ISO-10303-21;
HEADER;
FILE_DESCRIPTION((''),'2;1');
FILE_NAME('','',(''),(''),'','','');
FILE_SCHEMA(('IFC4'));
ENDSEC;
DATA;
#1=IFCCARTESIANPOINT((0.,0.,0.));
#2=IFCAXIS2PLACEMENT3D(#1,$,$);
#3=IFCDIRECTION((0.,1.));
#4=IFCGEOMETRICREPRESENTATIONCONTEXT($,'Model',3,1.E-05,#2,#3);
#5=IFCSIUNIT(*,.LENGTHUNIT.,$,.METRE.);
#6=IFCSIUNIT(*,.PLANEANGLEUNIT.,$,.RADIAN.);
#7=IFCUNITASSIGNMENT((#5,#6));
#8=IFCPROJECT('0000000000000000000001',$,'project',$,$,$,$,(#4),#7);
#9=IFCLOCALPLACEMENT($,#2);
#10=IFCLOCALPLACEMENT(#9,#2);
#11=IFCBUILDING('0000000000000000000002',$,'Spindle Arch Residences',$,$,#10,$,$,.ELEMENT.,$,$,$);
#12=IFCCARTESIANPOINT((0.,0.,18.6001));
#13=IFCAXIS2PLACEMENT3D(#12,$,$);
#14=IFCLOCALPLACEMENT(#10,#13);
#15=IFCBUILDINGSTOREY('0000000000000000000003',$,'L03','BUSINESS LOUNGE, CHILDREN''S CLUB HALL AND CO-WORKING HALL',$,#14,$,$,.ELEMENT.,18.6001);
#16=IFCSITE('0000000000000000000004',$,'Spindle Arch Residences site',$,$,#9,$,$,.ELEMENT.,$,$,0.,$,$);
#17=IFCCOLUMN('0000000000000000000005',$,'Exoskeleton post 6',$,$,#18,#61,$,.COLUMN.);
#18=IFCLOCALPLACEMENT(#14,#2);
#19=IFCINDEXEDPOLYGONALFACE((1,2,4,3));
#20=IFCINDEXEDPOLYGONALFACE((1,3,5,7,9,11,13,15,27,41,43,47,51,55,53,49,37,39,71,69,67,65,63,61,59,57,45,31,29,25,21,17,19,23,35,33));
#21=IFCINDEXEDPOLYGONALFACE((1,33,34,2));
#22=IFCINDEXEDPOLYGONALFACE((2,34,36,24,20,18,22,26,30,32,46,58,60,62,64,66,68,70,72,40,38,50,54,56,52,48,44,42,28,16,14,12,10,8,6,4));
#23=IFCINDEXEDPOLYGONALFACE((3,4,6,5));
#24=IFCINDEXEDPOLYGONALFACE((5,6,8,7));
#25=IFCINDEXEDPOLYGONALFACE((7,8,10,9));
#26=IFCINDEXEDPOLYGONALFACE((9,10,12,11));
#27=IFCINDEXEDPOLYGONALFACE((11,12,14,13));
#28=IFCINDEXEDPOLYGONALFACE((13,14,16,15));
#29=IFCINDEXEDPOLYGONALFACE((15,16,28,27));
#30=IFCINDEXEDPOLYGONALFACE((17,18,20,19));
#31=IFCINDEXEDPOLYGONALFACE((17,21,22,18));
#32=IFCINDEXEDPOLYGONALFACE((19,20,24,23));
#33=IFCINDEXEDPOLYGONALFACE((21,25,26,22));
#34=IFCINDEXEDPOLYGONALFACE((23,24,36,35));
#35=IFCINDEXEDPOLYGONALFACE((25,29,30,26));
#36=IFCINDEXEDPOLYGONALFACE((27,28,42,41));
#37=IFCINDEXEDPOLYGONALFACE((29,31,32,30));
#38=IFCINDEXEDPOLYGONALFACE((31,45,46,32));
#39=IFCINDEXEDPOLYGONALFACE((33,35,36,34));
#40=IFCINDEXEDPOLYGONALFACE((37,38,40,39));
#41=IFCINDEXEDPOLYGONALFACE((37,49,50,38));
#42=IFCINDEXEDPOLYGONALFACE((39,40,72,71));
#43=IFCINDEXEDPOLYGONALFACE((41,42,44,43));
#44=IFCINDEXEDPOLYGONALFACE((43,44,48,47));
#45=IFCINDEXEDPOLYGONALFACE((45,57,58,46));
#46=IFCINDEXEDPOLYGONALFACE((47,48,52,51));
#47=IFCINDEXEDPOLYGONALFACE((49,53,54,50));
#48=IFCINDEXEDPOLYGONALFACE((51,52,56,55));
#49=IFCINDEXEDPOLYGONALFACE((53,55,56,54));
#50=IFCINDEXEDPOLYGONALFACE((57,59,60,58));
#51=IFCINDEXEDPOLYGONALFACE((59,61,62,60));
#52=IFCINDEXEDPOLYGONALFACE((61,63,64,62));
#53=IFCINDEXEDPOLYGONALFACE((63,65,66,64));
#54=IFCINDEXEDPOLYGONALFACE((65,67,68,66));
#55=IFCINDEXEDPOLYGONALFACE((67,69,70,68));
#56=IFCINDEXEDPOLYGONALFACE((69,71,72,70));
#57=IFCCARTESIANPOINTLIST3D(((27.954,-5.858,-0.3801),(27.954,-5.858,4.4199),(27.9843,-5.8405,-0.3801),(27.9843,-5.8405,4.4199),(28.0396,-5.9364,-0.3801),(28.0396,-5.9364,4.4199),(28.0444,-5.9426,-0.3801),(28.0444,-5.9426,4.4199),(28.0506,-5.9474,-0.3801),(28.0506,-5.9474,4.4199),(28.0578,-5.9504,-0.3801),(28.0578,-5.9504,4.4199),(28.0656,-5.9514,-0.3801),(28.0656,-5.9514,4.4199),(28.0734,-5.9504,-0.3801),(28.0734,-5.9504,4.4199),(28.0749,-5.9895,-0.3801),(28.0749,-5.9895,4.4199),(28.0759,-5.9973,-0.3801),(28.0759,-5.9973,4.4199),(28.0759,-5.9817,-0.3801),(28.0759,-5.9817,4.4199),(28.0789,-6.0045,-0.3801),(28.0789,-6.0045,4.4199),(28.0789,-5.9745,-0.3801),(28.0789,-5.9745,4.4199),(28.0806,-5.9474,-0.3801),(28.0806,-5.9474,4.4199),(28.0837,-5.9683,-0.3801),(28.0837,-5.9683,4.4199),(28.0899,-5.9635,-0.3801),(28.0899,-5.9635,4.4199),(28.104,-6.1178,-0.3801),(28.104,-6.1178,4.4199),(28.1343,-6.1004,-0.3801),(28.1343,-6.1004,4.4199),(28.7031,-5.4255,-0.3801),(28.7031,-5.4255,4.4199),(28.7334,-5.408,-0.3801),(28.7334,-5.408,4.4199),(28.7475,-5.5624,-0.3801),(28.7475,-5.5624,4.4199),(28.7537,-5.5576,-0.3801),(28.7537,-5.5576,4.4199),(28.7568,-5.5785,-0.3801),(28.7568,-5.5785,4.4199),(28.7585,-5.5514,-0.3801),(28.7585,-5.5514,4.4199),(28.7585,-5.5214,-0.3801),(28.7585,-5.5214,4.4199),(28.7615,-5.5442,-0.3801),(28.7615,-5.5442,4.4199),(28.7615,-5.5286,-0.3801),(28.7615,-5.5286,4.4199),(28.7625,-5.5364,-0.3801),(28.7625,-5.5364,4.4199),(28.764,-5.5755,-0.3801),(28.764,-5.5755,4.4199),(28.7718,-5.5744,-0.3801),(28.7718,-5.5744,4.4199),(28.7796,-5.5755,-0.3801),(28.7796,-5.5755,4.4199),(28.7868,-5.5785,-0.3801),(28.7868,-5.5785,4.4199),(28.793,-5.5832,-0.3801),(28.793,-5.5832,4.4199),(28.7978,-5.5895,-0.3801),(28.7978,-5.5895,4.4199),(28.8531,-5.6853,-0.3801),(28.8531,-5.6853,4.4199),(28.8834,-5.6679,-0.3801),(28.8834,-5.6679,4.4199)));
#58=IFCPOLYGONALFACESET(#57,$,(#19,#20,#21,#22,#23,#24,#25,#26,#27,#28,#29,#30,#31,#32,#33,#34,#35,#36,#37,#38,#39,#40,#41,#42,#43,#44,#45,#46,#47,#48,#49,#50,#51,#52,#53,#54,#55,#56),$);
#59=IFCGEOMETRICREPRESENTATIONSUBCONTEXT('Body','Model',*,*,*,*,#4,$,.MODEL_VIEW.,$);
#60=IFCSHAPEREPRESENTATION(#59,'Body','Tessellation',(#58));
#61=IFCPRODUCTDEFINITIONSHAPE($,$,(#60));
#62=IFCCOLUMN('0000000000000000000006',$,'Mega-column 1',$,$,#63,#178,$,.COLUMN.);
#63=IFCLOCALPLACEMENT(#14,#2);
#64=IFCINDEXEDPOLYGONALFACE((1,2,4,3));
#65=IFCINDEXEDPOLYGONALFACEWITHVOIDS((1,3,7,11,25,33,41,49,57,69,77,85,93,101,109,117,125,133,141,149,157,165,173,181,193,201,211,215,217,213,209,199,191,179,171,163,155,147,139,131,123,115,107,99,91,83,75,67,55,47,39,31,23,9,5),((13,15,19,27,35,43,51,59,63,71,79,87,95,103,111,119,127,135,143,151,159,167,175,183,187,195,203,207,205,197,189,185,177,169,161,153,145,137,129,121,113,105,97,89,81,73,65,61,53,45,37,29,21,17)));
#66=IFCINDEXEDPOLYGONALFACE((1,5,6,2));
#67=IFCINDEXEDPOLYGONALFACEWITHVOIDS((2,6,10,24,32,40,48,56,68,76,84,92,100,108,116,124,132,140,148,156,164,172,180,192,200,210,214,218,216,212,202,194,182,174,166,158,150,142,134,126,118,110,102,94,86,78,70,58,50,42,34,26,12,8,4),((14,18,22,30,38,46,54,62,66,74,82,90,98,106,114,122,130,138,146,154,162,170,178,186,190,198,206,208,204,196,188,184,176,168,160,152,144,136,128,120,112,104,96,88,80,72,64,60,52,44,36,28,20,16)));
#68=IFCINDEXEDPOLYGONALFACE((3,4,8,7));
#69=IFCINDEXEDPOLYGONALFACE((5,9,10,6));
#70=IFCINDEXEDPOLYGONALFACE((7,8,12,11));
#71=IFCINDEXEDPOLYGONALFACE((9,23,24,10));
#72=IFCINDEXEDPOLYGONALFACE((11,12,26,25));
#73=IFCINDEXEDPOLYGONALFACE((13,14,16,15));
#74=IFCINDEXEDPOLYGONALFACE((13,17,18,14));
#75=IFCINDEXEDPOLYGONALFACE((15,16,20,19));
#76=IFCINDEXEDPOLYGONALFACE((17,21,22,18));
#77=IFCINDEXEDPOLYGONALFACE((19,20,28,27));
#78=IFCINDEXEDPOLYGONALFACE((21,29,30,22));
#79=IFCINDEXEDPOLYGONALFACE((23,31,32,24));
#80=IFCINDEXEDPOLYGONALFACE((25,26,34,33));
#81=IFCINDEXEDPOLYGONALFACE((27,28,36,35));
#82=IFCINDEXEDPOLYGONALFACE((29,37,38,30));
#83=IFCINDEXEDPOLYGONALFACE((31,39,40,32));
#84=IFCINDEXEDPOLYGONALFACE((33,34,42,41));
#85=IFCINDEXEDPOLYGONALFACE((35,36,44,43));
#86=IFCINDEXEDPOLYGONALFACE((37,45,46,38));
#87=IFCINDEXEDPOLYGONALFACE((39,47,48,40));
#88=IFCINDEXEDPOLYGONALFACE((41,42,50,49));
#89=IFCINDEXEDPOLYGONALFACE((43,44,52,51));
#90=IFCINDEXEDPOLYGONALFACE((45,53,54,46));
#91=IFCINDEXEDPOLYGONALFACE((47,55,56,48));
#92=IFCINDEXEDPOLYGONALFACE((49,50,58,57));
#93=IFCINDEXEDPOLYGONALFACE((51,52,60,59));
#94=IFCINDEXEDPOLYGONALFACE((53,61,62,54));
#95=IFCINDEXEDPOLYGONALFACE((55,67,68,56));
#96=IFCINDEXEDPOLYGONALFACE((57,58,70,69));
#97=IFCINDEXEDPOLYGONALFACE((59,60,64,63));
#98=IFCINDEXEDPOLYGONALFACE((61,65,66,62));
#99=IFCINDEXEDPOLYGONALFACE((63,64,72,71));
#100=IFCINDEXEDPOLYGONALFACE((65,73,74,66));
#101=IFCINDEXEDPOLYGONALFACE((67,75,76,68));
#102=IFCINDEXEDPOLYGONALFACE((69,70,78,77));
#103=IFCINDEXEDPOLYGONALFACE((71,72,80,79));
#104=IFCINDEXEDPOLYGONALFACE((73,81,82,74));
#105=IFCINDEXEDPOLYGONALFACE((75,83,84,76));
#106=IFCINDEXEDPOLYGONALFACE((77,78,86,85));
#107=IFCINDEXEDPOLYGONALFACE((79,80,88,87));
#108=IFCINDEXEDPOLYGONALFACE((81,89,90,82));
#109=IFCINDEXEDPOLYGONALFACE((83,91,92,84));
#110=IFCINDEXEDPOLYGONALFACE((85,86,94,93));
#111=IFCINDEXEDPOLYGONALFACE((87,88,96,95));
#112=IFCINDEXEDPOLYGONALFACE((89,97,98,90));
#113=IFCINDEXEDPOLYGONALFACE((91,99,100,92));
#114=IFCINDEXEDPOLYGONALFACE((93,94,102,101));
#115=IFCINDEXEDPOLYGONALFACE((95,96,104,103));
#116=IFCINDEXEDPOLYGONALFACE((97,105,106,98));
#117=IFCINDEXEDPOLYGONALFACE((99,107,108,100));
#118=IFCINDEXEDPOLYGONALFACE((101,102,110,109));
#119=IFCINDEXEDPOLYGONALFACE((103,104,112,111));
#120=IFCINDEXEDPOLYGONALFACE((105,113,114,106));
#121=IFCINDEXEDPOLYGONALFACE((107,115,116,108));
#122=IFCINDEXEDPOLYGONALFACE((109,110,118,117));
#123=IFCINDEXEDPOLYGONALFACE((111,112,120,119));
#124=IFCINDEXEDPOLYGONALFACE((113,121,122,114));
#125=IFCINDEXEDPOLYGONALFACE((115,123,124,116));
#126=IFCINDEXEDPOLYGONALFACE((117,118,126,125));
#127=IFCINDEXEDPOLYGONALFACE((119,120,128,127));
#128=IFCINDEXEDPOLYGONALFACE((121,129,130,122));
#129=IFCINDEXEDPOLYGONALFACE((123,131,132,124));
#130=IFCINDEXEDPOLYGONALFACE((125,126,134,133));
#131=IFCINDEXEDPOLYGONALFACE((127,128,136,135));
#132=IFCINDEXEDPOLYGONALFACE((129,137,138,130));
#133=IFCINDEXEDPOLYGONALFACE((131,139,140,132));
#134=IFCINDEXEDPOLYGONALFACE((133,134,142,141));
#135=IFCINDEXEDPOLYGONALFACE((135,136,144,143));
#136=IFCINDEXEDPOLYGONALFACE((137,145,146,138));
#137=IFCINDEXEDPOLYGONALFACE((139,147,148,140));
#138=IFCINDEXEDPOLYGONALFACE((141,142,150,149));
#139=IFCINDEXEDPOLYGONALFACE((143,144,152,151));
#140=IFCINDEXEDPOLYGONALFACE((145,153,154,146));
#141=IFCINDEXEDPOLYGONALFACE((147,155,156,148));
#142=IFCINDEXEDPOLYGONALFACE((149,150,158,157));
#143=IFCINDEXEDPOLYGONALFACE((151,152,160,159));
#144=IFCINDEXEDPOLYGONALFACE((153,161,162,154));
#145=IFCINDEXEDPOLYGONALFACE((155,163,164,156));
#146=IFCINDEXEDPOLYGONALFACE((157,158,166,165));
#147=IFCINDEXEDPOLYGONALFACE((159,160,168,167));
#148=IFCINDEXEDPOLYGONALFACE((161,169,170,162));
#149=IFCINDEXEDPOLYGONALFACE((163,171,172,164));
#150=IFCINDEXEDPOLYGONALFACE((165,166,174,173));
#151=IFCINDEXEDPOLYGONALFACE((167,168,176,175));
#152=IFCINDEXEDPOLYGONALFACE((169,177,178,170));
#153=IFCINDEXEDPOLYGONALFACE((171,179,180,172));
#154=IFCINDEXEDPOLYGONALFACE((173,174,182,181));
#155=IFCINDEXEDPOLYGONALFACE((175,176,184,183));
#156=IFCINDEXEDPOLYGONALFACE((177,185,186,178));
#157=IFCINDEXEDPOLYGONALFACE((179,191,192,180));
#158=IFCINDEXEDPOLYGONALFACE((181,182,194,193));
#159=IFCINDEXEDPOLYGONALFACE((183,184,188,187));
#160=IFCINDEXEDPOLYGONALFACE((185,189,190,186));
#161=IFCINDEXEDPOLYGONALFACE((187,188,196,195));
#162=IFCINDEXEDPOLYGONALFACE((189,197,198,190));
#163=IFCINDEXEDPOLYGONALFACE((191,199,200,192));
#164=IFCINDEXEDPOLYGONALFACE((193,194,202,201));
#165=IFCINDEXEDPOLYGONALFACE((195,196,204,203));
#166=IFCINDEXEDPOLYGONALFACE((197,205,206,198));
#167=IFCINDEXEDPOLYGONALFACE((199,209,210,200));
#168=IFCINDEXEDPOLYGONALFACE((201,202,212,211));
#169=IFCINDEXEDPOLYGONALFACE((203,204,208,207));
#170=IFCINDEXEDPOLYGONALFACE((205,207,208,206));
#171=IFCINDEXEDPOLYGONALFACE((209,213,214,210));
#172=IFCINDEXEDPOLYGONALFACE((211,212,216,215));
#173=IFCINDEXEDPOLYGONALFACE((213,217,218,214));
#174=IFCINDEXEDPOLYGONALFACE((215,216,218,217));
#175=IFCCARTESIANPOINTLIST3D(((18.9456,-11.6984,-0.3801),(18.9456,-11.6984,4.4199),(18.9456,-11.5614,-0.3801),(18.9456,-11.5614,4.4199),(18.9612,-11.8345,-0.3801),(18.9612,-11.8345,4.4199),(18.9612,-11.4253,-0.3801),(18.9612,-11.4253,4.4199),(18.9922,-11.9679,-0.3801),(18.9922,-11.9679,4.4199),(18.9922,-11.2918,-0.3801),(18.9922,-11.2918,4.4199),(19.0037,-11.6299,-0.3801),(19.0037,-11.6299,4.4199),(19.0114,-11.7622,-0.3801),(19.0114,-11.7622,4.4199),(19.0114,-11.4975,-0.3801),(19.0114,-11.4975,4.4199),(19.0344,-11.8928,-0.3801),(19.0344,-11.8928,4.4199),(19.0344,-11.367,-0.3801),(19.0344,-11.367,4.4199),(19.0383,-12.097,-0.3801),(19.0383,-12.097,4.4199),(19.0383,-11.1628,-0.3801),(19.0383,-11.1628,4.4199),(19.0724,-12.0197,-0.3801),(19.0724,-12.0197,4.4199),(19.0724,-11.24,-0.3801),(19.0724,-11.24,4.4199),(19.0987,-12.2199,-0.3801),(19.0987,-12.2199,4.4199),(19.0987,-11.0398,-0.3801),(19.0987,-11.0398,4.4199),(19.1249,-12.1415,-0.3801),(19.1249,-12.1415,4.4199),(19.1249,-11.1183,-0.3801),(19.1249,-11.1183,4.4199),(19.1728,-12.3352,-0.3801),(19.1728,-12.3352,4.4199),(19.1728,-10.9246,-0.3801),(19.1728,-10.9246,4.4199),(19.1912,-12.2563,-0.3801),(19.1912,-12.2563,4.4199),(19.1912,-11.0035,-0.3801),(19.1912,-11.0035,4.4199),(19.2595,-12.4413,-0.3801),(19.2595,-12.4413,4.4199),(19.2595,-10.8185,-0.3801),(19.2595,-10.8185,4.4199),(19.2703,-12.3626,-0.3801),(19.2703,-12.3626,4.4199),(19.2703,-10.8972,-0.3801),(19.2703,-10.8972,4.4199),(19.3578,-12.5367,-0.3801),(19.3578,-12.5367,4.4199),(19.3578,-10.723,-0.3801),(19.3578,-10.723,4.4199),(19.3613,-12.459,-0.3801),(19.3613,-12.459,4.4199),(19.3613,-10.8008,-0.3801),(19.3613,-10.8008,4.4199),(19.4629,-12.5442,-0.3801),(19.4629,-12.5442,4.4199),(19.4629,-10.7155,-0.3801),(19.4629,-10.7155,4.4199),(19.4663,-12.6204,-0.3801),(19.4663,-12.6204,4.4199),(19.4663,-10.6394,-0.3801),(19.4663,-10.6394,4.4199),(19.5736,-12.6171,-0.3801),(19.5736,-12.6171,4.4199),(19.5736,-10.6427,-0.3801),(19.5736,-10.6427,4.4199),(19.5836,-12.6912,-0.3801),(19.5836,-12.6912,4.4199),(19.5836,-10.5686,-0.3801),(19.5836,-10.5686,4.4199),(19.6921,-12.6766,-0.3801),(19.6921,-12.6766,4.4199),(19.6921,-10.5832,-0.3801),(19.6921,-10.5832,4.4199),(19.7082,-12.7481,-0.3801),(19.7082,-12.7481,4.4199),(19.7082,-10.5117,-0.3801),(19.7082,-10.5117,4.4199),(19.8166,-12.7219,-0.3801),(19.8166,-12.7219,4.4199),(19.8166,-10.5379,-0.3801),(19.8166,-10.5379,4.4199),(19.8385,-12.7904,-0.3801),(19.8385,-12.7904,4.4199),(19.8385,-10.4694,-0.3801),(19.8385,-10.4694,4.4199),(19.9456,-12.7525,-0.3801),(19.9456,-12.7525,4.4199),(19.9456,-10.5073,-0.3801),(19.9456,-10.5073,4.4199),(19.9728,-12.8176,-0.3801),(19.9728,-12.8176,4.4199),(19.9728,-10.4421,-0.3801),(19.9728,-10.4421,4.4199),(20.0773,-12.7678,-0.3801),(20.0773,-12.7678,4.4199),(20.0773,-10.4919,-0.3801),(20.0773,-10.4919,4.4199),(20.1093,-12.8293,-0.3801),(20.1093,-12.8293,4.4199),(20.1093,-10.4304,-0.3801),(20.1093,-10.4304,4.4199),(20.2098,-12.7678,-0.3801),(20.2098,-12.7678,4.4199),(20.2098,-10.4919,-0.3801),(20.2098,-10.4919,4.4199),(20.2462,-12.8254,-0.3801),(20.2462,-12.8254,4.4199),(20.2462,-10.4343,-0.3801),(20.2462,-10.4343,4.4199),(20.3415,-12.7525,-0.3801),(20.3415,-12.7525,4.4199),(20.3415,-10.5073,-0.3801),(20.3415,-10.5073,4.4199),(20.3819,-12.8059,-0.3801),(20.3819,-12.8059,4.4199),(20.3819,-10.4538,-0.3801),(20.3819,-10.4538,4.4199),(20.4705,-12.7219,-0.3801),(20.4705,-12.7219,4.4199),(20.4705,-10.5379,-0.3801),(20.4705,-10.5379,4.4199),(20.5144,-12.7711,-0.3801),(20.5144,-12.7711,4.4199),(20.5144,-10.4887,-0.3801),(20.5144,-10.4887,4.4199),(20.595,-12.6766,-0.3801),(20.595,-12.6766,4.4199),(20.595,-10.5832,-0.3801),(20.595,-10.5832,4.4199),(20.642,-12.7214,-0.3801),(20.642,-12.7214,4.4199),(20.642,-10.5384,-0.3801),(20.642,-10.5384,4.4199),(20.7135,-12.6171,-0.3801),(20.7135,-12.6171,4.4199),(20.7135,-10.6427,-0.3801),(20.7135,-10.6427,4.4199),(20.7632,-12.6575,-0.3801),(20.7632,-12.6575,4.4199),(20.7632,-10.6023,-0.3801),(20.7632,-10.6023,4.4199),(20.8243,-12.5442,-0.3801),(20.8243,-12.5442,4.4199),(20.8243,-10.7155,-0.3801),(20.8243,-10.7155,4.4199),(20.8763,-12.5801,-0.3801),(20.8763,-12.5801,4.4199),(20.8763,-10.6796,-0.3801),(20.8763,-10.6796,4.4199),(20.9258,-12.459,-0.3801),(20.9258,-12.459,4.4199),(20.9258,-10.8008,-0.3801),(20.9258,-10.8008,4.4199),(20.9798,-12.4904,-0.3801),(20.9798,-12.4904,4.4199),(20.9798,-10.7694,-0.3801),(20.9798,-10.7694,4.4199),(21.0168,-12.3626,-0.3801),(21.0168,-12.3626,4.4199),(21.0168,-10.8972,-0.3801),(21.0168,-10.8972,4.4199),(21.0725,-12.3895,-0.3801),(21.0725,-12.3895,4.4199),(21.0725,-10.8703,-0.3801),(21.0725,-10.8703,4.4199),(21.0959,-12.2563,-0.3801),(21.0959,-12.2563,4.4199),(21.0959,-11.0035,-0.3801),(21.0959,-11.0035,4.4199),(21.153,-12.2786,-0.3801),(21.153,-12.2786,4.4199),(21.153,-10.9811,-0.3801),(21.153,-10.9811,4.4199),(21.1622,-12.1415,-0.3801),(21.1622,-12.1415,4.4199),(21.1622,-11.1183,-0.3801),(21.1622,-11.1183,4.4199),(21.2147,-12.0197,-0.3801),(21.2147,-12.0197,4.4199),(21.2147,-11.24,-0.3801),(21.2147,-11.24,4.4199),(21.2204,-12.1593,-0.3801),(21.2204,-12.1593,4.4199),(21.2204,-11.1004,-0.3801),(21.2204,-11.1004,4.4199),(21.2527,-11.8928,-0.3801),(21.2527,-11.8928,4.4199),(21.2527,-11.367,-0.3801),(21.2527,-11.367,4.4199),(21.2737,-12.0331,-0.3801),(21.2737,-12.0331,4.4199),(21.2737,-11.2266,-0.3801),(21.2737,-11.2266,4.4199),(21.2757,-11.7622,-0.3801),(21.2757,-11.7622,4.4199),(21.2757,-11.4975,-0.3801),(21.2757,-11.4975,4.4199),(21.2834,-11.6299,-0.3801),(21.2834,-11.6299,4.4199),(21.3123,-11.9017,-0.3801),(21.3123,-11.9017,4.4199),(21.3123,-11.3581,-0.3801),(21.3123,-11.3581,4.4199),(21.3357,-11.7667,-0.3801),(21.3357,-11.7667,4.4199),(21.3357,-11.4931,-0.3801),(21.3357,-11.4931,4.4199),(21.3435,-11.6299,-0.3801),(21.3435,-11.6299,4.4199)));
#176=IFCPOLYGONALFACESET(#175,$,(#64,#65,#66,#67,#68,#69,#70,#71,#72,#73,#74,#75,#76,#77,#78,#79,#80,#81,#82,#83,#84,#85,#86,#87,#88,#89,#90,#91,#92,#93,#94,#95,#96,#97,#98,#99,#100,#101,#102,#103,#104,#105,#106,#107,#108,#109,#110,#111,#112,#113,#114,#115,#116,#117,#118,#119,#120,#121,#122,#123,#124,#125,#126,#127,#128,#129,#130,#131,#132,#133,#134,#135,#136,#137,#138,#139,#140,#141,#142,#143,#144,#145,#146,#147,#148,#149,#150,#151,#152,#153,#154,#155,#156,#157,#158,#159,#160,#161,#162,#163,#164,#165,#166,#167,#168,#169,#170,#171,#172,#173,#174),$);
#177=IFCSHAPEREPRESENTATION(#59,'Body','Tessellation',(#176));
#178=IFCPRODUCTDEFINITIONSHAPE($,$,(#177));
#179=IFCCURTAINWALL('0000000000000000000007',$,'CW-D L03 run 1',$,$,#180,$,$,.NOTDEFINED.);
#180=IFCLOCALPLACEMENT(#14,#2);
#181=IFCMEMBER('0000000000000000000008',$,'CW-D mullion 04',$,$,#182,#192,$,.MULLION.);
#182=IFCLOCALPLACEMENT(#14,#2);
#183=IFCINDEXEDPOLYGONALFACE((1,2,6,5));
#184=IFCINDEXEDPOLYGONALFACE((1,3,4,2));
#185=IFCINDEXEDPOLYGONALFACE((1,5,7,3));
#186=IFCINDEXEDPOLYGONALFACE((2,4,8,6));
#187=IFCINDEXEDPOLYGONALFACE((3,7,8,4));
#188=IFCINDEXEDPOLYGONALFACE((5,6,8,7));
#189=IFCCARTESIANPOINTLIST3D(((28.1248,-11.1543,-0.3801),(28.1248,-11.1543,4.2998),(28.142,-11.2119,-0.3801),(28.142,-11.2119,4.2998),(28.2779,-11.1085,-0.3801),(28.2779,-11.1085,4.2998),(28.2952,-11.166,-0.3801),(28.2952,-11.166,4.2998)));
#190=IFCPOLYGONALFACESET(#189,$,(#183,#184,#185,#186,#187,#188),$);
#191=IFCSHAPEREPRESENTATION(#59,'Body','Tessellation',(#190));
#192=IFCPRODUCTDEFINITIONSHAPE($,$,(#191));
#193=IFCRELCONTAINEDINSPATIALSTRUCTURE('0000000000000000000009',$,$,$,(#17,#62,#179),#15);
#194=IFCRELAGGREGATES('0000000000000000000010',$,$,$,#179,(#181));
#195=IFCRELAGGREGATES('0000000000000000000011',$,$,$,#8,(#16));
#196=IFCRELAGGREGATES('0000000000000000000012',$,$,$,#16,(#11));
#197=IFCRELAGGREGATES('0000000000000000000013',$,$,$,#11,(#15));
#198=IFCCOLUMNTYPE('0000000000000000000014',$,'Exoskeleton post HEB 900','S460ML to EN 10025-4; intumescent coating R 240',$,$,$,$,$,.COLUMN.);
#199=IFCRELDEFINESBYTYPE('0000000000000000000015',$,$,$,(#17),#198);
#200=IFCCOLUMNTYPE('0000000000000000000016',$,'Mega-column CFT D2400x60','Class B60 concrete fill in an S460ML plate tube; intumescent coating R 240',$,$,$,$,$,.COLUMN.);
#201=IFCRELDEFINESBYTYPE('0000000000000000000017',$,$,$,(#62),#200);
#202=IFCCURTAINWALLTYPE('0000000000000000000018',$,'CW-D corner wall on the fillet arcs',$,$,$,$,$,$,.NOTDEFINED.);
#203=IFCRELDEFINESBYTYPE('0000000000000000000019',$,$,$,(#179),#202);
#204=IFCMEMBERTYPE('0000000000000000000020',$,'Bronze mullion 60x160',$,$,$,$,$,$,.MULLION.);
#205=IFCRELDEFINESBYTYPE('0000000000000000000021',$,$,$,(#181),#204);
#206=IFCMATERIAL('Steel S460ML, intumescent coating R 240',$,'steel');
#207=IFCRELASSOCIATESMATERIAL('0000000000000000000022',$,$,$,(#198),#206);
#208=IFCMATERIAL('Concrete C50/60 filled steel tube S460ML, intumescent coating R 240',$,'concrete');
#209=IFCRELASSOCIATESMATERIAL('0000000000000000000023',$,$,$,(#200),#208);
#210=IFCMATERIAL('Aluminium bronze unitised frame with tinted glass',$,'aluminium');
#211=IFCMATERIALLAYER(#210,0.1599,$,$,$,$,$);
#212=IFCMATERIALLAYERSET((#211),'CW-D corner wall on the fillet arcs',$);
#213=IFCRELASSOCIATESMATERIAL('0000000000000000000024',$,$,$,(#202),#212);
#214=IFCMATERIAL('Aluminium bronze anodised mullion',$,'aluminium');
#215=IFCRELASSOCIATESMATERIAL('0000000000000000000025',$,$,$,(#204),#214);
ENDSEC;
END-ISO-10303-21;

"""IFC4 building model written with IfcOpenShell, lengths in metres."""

from ifc_helpers import new_model, si_unit, direction, frame, origin, origin_2d, place, context, subcontext, project, spatial, rectangle, hollow_circle, i_section, extrude, material, layer, layer_set, material_profile, profile_set, type_object, element, aggregate, save


model = new_model("IFC4")

# Units and contexts
model_context = context("Model", 3, precision=1e-05, world=origin(), true_north=direction((0.0, 1.0)))
body_context = subcontext(model_context, "Body", "Model", "MODEL_VIEW")
ifc_project = project(units=[si_unit("LENGTHUNIT", "METRE"), si_unit("PLANEANGLEUNIT", "RADIAN")], contexts=[model_context])

# Site, building, storey
site_placement = place(None, origin())
site = spatial("IfcSite", under=ifc_project, at=site_placement, Name="Spindle Arch Residences site", CompositionType="ELEMENT", RefElevation=0.0)
building_placement = place(site_placement, origin())
building = spatial("IfcBuilding", under=site, at=building_placement, Name="Spindle Arch Residences", CompositionType="ELEMENT")
storey_placement = place(building_placement, frame((0.0, 0.0, 18.6001)))
storey = spatial("IfcBuildingStorey", under=building, at=storey_placement, Name="L03", Description="BUSINESS LOUNGE, CHILDREN'S CLUB HALL AND CO-WORKING HALL", CompositionType="ELEMENT", Elevation=18.6001)

# Columns
ifc_material_1 = material(Name="Steel S460ML, intumescent coating R 240", Category="steel")
ifc_material_profile_1 = material_profile(ifc_material_1, i_section(OverallWidth=0.3, OverallDepth=0.8999, WebThickness=0.0186, FlangeThickness=0.0349, FilletRadius=0.03, at=origin_2d()), Name="HEB 900")
ifc_profile_set_1 = profile_set([ifc_material_profile_1], Name="Steel S460ML, intumescent coating R 240")
column_type_1 = type_object("IfcColumnType", Name="Exoskeleton post HEB 900", Description="S460ML to EN 10025-4; intumescent coating R 240", PredefinedType="COLUMN", material=ifc_profile_set_1)
column_1_placement = place(storey_placement, frame((28.4187, -5.7629, -0.3801), z_axis=(0.0, 0.0, 1.0), x_axis=(0.5, -0.866025, 0.0)))
element("IfcColumn", 1, at=column_1_placement, inside=storey, type_object=column_type_1, Name="Exoskeleton post 6", PredefinedType="COLUMN", context=body_context, shape_type="SweptSolid", body=[
    extrude(i_section(OverallWidth=0.3, OverallDepth=0.8999, WebThickness=0.0186, FlangeThickness=0.0349, FilletRadius=0.03, at=origin_2d()), origin(), (0.0, 0.0, 1.0), 4.8),
])
ifc_material_2 = material(Name="Concrete C50/60 filled steel tube S460ML, intumescent coating R 240", Category="concrete")
ifc_material_profile_2 = material_profile(ifc_material_2, hollow_circle(Radius=1.2, WallThickness=0.0601, at=origin_2d()), Name="CFT D2400x60")
ifc_profile_set_2 = profile_set([ifc_material_profile_2], Name="Concrete C50/60 filled steel tube S460ML, intumescent coating R 240")
column_type_2 = type_object("IfcColumnType", Name="Mega-column CFT D2400x60", Description="Class B60 concrete fill in an S460ML plate tube; intumescent coating R 240", PredefinedType="COLUMN", material=ifc_profile_set_2)
column_2_placement = place(storey_placement, frame((20.1436, -11.6299, -0.3801), z_axis=(0.0, 0.0, 1.0), x_axis=(1.0, 0.0, 0.0)))
element("IfcColumn", 2, at=column_2_placement, inside=storey, type_object=column_type_2, Name="Mega-column 1", PredefinedType="COLUMN", context=body_context, shape_type="SweptSolid", body=[
    extrude(hollow_circle(Radius=1.2, WallThickness=0.0601, at=origin_2d()), origin(), (0.0, 0.0, 1.0), 4.8),
])

# Curtain wall, member
ifc_material_3 = material(Name="Aluminium bronze unitised frame with tinted glass", Category="aluminium")
ifc_layer_1 = layer(ifc_material_3, 0.1599)
ifc_layer_set_1 = layer_set([ifc_layer_1], Name="CW-D corner wall on the fillet arcs")
curtain_wall_type_1 = type_object("IfcCurtainWallType", Name="CW-D corner wall on the fillet arcs", PredefinedType="NOTDEFINED", material=ifc_layer_set_1)
curtain_wall_1_placement = place(storey_placement, origin())
curtain_wall_1 = element("IfcCurtainWall", 3, at=curtain_wall_1_placement, inside=storey, type_object=curtain_wall_type_1, Name="CW-D L03 run 1", PredefinedType="NOTDEFINED")
ifc_material_4 = material(Name="Aluminium bronze anodised mullion", Category="aluminium")
ifc_material_profile_3 = material_profile(ifc_material_4, rectangle(XDim=0.1599, YDim=0.0601, at=origin_2d()), Name="MU 60x160")
ifc_profile_set_3 = profile_set([ifc_material_profile_3], Name="Aluminium bronze anodised mullion")
member_type_1 = type_object("IfcMemberType", Name="Bronze mullion 60x160", PredefinedType="MULLION", material=ifc_profile_set_3)
member_1_placement = place(storey_placement, frame((28.21, -11.1602, -0.3801), z_axis=(0.0, 0.0, 1.0), x_axis=(-0.95799, -0.286803, 0.0)))
member_1 = element("IfcMember", 4, at=member_1_placement, type_object=member_type_1, Name="CW-D mullion 04", PredefinedType="MULLION", context=body_context, shape_type="SweptSolid", body=[
    extrude(rectangle(XDim=0.1599, YDim=0.0601, at=origin_2d()), origin(), (0.0, 0.0, 1.0), 4.6799),
])

aggregate(curtain_wall_1, [member_1])

save(model, "model.ifc")
